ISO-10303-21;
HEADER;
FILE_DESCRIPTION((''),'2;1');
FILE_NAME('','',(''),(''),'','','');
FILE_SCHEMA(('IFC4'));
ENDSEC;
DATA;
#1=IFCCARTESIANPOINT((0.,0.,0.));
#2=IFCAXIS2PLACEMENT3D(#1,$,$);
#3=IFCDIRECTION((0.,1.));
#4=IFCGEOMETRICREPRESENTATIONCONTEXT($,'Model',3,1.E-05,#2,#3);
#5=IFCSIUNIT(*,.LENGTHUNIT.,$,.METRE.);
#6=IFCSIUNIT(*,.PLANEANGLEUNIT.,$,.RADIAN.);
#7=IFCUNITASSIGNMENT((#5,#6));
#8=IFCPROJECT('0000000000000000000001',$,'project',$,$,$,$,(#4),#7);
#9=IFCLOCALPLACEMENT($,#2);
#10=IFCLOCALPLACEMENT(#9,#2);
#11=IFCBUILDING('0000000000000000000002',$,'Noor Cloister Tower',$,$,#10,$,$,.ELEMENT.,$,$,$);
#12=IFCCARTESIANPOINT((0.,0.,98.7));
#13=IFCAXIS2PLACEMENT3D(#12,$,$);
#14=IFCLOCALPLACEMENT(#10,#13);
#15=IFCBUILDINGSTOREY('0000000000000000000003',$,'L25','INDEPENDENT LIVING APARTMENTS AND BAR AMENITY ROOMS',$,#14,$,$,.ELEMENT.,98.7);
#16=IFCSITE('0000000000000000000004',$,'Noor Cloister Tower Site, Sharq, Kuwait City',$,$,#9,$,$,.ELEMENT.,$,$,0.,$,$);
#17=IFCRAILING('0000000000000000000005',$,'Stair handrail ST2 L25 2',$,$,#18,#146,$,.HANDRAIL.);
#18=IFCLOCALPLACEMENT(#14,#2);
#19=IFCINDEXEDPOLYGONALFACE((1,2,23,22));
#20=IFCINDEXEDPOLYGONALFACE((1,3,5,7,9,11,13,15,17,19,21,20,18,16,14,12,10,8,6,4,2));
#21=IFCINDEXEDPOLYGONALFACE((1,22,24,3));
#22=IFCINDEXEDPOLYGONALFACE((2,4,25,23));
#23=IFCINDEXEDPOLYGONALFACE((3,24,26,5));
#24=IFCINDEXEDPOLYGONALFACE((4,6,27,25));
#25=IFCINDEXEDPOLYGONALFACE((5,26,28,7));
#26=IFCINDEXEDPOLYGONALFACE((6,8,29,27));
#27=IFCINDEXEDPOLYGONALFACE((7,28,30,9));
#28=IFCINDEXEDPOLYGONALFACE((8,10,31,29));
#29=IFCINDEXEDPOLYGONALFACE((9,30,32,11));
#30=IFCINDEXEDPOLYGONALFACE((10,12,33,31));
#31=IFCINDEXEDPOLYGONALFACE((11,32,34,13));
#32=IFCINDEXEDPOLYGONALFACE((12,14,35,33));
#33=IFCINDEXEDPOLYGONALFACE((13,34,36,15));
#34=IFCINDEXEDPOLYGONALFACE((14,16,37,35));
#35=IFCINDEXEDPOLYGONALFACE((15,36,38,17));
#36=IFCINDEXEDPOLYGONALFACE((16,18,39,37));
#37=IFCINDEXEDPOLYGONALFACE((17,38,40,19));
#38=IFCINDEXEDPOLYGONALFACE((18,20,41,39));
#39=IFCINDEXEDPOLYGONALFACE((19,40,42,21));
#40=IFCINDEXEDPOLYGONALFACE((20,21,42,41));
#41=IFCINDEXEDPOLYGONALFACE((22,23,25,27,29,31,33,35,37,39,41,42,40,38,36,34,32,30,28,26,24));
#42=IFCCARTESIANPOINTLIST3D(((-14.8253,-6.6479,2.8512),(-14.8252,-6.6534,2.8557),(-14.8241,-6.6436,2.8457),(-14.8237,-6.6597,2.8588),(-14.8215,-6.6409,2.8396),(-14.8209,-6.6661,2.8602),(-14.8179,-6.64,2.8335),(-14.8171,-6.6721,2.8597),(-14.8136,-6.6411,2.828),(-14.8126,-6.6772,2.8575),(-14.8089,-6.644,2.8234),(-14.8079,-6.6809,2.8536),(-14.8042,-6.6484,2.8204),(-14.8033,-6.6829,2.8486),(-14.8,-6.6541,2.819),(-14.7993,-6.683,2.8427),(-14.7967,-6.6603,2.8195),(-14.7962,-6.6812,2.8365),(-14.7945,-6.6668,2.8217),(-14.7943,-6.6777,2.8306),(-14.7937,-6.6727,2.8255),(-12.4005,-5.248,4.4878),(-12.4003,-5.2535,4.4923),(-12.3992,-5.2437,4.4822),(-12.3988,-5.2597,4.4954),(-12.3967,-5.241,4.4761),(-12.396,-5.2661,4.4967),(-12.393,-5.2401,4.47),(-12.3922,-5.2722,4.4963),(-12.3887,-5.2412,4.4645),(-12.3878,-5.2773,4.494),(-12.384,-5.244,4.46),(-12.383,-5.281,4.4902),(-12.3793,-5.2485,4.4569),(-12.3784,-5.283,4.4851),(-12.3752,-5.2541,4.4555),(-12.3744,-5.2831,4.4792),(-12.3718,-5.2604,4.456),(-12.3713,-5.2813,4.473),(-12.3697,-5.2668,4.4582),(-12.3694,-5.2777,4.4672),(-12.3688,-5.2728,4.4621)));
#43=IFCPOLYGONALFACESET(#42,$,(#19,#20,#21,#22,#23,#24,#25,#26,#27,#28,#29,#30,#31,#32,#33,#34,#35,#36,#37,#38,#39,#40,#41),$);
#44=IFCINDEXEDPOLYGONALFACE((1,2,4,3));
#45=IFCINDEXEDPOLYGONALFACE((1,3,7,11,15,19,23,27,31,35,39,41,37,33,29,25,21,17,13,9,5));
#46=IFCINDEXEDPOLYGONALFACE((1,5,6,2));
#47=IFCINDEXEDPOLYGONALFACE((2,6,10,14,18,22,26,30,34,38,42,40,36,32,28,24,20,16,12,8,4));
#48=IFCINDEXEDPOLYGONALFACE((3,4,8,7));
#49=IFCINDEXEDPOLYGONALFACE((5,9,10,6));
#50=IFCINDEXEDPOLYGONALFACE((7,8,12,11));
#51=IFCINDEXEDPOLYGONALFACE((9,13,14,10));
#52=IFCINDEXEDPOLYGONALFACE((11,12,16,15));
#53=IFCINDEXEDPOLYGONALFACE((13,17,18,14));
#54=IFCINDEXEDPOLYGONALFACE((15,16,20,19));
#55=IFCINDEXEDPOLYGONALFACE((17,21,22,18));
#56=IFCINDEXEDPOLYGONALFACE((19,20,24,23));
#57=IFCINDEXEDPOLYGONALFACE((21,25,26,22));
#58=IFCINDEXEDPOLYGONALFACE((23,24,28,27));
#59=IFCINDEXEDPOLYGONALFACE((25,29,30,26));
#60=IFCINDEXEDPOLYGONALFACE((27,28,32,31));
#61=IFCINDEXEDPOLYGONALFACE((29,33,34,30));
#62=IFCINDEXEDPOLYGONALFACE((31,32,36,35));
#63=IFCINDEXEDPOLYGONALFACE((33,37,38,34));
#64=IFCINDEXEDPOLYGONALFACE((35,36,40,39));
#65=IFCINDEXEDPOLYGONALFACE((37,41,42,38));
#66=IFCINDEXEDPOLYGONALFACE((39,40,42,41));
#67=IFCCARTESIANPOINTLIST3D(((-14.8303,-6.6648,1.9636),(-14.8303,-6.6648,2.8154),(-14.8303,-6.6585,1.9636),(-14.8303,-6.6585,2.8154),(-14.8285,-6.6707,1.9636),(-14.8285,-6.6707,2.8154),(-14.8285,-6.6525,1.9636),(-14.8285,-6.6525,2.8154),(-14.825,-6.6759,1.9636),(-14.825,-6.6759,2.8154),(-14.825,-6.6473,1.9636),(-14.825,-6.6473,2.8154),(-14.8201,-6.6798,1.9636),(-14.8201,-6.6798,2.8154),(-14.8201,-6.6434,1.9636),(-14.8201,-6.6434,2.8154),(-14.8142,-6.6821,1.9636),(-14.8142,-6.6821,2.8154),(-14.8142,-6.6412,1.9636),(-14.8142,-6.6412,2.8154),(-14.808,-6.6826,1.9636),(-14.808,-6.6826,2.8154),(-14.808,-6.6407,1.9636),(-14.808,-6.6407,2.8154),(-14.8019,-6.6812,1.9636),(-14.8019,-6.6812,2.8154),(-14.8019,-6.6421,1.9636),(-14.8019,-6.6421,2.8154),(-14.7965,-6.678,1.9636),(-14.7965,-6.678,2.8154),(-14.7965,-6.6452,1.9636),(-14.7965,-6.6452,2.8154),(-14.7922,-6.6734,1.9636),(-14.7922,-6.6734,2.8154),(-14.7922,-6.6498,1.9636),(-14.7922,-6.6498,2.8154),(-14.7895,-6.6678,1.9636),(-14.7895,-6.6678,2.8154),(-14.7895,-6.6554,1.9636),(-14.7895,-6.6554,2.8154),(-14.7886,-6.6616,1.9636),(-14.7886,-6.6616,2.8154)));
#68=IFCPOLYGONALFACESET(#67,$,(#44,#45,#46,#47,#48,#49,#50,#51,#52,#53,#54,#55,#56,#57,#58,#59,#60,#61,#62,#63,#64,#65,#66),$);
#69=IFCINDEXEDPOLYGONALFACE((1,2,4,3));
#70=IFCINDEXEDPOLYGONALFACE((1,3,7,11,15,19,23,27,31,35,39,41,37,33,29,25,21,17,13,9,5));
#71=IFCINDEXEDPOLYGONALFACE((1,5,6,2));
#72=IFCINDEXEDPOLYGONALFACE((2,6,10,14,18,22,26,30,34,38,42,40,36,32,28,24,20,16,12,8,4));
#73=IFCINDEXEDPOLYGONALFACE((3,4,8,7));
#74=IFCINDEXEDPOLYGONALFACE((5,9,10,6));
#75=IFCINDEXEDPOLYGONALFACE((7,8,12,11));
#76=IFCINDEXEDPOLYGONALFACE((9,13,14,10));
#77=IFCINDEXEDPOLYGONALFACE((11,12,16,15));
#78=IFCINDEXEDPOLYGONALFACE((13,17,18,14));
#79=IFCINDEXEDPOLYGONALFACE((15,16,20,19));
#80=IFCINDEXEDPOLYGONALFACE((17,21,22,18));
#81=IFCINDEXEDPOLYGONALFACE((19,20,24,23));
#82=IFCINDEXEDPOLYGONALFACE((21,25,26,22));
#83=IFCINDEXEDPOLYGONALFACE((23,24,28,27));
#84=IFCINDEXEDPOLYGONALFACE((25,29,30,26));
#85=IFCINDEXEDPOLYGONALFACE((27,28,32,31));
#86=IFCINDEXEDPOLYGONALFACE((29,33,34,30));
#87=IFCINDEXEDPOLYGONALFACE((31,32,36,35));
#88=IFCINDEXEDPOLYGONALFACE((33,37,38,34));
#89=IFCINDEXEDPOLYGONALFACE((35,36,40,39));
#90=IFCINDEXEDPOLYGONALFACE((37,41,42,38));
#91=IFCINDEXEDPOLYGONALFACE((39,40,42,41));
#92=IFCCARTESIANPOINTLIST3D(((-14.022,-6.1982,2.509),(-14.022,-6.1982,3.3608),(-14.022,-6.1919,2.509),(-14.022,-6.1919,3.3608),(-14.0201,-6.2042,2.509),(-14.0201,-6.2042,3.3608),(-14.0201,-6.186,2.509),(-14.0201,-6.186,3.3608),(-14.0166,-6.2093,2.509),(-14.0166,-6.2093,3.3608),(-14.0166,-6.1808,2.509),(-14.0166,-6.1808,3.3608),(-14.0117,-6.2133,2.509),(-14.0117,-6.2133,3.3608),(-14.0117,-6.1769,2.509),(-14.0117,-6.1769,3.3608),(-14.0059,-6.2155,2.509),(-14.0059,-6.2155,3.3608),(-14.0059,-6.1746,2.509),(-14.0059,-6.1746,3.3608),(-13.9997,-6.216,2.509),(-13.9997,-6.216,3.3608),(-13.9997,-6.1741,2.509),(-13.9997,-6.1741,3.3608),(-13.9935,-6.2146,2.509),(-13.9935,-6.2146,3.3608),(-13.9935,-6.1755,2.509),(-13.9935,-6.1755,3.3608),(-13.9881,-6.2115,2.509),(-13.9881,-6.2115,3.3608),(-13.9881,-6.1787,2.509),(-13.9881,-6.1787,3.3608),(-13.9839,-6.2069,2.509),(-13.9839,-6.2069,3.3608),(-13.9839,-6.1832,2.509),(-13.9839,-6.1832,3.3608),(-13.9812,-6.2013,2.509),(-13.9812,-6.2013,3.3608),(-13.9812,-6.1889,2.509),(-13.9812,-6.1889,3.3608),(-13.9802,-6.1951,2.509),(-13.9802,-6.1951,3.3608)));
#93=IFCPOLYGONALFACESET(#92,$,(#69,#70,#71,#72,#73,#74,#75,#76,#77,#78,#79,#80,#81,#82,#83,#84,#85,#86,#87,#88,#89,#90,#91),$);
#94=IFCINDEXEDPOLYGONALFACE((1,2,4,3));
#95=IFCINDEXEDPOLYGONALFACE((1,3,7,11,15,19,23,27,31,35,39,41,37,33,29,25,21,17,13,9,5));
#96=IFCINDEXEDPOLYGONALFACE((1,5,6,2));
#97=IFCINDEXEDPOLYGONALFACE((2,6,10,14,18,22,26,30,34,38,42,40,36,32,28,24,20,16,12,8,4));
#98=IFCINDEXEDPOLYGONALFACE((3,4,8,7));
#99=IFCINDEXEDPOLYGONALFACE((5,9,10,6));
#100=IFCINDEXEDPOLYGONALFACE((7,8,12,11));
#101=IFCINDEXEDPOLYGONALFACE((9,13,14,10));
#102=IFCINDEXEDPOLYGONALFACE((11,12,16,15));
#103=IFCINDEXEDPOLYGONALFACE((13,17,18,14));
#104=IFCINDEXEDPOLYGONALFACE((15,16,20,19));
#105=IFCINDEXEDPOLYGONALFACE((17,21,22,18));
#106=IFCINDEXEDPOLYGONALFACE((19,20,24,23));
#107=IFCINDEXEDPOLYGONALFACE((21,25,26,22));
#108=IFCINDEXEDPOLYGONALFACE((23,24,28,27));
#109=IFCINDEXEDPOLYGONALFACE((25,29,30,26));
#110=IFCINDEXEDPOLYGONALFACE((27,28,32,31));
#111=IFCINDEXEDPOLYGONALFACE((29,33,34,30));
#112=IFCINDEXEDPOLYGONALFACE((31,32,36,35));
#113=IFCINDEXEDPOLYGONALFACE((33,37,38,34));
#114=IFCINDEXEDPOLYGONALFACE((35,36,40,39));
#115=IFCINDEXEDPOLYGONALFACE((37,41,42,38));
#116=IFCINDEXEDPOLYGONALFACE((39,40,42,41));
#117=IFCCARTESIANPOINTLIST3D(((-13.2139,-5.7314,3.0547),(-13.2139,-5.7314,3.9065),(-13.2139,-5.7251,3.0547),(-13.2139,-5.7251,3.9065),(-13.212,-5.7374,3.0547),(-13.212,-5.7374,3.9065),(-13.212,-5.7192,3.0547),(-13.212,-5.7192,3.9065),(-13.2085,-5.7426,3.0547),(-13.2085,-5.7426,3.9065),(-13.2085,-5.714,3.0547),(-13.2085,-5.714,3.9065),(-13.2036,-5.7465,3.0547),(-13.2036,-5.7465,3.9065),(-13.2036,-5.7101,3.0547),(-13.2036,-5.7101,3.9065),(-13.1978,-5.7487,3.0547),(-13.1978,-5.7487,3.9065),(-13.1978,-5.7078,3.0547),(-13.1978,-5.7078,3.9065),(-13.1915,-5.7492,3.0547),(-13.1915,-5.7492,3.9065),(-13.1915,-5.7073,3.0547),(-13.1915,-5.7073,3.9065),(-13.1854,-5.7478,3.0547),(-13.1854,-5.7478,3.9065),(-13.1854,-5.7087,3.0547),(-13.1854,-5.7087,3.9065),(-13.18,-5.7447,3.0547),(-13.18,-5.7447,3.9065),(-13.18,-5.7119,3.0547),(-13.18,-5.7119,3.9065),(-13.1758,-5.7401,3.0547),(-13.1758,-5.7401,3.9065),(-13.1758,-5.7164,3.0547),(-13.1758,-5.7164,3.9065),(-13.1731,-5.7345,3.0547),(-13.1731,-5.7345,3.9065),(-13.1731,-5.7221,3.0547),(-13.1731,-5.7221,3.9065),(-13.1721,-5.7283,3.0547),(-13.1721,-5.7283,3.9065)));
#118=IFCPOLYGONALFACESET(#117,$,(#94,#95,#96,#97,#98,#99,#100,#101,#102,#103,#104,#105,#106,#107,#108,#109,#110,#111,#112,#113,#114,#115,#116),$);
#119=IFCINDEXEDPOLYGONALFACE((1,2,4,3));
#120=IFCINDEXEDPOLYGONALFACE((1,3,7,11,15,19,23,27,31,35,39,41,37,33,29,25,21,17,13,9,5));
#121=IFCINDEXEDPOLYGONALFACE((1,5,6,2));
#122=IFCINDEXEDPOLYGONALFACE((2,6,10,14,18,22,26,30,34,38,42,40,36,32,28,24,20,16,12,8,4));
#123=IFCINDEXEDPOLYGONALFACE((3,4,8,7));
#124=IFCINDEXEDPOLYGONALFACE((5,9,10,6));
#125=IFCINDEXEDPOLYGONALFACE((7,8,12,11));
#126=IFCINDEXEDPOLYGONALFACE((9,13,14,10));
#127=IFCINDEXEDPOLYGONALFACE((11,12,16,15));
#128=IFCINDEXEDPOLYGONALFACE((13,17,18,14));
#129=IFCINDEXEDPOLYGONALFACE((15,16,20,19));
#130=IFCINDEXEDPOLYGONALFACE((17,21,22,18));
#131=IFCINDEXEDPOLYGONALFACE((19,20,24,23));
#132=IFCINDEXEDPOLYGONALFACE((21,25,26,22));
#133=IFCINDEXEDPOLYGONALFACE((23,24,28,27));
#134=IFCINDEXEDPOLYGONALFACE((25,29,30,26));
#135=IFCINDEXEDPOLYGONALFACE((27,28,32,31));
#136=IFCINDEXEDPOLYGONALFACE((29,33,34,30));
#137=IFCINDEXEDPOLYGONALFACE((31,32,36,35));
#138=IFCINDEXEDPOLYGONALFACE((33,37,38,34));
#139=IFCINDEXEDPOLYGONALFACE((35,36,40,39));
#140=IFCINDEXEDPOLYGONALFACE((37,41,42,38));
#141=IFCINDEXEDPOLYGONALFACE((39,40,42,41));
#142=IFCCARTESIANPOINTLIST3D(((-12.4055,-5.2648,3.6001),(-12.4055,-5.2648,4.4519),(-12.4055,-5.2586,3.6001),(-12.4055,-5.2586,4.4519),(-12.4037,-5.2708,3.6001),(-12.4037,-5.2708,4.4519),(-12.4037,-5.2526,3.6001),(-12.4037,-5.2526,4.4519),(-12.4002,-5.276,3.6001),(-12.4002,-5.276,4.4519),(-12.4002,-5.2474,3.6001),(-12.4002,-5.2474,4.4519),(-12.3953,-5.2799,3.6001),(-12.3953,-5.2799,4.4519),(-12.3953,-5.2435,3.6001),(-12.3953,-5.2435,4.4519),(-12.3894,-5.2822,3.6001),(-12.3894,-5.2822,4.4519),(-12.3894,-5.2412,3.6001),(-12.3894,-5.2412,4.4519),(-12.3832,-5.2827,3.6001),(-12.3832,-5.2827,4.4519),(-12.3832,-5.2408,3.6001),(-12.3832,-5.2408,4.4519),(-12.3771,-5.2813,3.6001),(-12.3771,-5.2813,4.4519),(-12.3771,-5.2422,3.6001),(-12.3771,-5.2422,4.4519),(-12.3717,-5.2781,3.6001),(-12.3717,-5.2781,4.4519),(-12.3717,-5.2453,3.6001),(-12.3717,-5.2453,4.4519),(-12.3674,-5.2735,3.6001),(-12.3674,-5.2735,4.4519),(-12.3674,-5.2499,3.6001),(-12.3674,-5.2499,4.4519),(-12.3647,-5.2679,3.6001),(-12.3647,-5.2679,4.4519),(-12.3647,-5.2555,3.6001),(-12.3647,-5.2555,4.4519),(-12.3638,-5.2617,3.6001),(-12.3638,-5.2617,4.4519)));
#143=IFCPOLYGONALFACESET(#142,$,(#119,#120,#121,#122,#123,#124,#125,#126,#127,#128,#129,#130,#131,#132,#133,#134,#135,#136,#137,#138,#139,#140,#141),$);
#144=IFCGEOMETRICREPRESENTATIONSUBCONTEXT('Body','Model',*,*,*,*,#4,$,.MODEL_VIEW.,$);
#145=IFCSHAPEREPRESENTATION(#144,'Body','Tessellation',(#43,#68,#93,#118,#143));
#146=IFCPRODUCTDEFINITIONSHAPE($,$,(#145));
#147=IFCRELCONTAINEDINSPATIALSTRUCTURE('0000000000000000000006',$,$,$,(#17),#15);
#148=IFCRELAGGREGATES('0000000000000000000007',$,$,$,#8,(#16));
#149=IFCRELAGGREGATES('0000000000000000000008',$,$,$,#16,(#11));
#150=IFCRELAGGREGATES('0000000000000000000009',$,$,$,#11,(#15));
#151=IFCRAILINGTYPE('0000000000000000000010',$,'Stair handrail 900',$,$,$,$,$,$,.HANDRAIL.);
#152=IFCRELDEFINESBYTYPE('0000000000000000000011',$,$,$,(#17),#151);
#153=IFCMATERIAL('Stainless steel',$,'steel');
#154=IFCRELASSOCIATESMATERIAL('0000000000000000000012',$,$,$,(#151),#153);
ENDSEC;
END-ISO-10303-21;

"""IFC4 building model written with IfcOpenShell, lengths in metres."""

from ifc_helpers import new_model, si_unit, direction, frame, origin, origin_2d, place, context, subcontext, project, spatial, circle, extrude, material, type_object, element, save


model = new_model("IFC4")

# Units and contexts
model_context = context("Model", 3, precision=1e-05, world=origin(), true_north=direction((0.0, 1.0)))
body_context = subcontext(model_context, "Body", "Model", "MODEL_VIEW")
ifc_project = project(units=[si_unit("LENGTHUNIT", "METRE"), si_unit("PLANEANGLEUNIT", "RADIAN")], contexts=[model_context])

# Site, building, storey
site_placement = place(None, origin())
site = spatial("IfcSite", under=ifc_project, at=site_placement, Name="Noor Cloister Tower Site, Sharq, Kuwait City", CompositionType="ELEMENT", RefElevation=0.0)
building_placement = place(site_placement, origin())
building = spatial("IfcBuilding", under=site, at=building_placement, Name="Noor Cloister Tower", CompositionType="ELEMENT")
storey_placement = place(building_placement, frame((0.0, 0.0, 98.7)))
storey = spatial("IfcBuildingStorey", under=building, at=storey_placement, Name="L25", Description="INDEPENDENT LIVING APARTMENTS AND BAR AMENITY ROOMS", CompositionType="ELEMENT", Elevation=98.7)

# Railing
ifc_material_1 = material(Name="Stainless steel", Category="steel")
railing_type = type_object("IfcRailingType", Name="Stair handrail 900", PredefinedType="HANDRAIL", material=ifc_material_1)
railing_placement = place(storey_placement, frame((-14.8096, -6.6616, 1.9636)))
element("IfcRailing", 1, at=railing_placement, inside=storey, type_object=railing_type, Name="Stair handrail ST2 L25 2", PredefinedType="HANDRAIL", context=body_context, shape_type="SweptSolid", body=[
    extrude(circle(Radius=0.0239, at=origin_2d()), frame((0.0, 0.0, 0.876), z_axis=(0.74769, 0.431661, 0.504608), x_axis=(-0.499984, 0.866035, 0.0)), (0.0, 0.0, 1.0), 3.2432),
    extrude(circle(Radius=0.021, at=origin_2d()), origin(), (0.0, 0.0, 1.0), 0.8518),
    extrude(circle(Radius=0.021, at=origin_2d()), frame((0.8083, 0.4666, 0.5454)), (0.0, 0.0, 1.0), 0.8518),
    extrude(circle(Radius=0.021, at=origin_2d()), frame((1.6165, 0.9333, 1.0911)), (0.0, 0.0, 1.0), 0.8518),
    extrude(circle(Radius=0.021, at=origin_2d()), frame((2.4248, 1.3999, 1.6365)), (0.0, 0.0, 1.0), 0.8518),
])

save(model, "model.ifc")
